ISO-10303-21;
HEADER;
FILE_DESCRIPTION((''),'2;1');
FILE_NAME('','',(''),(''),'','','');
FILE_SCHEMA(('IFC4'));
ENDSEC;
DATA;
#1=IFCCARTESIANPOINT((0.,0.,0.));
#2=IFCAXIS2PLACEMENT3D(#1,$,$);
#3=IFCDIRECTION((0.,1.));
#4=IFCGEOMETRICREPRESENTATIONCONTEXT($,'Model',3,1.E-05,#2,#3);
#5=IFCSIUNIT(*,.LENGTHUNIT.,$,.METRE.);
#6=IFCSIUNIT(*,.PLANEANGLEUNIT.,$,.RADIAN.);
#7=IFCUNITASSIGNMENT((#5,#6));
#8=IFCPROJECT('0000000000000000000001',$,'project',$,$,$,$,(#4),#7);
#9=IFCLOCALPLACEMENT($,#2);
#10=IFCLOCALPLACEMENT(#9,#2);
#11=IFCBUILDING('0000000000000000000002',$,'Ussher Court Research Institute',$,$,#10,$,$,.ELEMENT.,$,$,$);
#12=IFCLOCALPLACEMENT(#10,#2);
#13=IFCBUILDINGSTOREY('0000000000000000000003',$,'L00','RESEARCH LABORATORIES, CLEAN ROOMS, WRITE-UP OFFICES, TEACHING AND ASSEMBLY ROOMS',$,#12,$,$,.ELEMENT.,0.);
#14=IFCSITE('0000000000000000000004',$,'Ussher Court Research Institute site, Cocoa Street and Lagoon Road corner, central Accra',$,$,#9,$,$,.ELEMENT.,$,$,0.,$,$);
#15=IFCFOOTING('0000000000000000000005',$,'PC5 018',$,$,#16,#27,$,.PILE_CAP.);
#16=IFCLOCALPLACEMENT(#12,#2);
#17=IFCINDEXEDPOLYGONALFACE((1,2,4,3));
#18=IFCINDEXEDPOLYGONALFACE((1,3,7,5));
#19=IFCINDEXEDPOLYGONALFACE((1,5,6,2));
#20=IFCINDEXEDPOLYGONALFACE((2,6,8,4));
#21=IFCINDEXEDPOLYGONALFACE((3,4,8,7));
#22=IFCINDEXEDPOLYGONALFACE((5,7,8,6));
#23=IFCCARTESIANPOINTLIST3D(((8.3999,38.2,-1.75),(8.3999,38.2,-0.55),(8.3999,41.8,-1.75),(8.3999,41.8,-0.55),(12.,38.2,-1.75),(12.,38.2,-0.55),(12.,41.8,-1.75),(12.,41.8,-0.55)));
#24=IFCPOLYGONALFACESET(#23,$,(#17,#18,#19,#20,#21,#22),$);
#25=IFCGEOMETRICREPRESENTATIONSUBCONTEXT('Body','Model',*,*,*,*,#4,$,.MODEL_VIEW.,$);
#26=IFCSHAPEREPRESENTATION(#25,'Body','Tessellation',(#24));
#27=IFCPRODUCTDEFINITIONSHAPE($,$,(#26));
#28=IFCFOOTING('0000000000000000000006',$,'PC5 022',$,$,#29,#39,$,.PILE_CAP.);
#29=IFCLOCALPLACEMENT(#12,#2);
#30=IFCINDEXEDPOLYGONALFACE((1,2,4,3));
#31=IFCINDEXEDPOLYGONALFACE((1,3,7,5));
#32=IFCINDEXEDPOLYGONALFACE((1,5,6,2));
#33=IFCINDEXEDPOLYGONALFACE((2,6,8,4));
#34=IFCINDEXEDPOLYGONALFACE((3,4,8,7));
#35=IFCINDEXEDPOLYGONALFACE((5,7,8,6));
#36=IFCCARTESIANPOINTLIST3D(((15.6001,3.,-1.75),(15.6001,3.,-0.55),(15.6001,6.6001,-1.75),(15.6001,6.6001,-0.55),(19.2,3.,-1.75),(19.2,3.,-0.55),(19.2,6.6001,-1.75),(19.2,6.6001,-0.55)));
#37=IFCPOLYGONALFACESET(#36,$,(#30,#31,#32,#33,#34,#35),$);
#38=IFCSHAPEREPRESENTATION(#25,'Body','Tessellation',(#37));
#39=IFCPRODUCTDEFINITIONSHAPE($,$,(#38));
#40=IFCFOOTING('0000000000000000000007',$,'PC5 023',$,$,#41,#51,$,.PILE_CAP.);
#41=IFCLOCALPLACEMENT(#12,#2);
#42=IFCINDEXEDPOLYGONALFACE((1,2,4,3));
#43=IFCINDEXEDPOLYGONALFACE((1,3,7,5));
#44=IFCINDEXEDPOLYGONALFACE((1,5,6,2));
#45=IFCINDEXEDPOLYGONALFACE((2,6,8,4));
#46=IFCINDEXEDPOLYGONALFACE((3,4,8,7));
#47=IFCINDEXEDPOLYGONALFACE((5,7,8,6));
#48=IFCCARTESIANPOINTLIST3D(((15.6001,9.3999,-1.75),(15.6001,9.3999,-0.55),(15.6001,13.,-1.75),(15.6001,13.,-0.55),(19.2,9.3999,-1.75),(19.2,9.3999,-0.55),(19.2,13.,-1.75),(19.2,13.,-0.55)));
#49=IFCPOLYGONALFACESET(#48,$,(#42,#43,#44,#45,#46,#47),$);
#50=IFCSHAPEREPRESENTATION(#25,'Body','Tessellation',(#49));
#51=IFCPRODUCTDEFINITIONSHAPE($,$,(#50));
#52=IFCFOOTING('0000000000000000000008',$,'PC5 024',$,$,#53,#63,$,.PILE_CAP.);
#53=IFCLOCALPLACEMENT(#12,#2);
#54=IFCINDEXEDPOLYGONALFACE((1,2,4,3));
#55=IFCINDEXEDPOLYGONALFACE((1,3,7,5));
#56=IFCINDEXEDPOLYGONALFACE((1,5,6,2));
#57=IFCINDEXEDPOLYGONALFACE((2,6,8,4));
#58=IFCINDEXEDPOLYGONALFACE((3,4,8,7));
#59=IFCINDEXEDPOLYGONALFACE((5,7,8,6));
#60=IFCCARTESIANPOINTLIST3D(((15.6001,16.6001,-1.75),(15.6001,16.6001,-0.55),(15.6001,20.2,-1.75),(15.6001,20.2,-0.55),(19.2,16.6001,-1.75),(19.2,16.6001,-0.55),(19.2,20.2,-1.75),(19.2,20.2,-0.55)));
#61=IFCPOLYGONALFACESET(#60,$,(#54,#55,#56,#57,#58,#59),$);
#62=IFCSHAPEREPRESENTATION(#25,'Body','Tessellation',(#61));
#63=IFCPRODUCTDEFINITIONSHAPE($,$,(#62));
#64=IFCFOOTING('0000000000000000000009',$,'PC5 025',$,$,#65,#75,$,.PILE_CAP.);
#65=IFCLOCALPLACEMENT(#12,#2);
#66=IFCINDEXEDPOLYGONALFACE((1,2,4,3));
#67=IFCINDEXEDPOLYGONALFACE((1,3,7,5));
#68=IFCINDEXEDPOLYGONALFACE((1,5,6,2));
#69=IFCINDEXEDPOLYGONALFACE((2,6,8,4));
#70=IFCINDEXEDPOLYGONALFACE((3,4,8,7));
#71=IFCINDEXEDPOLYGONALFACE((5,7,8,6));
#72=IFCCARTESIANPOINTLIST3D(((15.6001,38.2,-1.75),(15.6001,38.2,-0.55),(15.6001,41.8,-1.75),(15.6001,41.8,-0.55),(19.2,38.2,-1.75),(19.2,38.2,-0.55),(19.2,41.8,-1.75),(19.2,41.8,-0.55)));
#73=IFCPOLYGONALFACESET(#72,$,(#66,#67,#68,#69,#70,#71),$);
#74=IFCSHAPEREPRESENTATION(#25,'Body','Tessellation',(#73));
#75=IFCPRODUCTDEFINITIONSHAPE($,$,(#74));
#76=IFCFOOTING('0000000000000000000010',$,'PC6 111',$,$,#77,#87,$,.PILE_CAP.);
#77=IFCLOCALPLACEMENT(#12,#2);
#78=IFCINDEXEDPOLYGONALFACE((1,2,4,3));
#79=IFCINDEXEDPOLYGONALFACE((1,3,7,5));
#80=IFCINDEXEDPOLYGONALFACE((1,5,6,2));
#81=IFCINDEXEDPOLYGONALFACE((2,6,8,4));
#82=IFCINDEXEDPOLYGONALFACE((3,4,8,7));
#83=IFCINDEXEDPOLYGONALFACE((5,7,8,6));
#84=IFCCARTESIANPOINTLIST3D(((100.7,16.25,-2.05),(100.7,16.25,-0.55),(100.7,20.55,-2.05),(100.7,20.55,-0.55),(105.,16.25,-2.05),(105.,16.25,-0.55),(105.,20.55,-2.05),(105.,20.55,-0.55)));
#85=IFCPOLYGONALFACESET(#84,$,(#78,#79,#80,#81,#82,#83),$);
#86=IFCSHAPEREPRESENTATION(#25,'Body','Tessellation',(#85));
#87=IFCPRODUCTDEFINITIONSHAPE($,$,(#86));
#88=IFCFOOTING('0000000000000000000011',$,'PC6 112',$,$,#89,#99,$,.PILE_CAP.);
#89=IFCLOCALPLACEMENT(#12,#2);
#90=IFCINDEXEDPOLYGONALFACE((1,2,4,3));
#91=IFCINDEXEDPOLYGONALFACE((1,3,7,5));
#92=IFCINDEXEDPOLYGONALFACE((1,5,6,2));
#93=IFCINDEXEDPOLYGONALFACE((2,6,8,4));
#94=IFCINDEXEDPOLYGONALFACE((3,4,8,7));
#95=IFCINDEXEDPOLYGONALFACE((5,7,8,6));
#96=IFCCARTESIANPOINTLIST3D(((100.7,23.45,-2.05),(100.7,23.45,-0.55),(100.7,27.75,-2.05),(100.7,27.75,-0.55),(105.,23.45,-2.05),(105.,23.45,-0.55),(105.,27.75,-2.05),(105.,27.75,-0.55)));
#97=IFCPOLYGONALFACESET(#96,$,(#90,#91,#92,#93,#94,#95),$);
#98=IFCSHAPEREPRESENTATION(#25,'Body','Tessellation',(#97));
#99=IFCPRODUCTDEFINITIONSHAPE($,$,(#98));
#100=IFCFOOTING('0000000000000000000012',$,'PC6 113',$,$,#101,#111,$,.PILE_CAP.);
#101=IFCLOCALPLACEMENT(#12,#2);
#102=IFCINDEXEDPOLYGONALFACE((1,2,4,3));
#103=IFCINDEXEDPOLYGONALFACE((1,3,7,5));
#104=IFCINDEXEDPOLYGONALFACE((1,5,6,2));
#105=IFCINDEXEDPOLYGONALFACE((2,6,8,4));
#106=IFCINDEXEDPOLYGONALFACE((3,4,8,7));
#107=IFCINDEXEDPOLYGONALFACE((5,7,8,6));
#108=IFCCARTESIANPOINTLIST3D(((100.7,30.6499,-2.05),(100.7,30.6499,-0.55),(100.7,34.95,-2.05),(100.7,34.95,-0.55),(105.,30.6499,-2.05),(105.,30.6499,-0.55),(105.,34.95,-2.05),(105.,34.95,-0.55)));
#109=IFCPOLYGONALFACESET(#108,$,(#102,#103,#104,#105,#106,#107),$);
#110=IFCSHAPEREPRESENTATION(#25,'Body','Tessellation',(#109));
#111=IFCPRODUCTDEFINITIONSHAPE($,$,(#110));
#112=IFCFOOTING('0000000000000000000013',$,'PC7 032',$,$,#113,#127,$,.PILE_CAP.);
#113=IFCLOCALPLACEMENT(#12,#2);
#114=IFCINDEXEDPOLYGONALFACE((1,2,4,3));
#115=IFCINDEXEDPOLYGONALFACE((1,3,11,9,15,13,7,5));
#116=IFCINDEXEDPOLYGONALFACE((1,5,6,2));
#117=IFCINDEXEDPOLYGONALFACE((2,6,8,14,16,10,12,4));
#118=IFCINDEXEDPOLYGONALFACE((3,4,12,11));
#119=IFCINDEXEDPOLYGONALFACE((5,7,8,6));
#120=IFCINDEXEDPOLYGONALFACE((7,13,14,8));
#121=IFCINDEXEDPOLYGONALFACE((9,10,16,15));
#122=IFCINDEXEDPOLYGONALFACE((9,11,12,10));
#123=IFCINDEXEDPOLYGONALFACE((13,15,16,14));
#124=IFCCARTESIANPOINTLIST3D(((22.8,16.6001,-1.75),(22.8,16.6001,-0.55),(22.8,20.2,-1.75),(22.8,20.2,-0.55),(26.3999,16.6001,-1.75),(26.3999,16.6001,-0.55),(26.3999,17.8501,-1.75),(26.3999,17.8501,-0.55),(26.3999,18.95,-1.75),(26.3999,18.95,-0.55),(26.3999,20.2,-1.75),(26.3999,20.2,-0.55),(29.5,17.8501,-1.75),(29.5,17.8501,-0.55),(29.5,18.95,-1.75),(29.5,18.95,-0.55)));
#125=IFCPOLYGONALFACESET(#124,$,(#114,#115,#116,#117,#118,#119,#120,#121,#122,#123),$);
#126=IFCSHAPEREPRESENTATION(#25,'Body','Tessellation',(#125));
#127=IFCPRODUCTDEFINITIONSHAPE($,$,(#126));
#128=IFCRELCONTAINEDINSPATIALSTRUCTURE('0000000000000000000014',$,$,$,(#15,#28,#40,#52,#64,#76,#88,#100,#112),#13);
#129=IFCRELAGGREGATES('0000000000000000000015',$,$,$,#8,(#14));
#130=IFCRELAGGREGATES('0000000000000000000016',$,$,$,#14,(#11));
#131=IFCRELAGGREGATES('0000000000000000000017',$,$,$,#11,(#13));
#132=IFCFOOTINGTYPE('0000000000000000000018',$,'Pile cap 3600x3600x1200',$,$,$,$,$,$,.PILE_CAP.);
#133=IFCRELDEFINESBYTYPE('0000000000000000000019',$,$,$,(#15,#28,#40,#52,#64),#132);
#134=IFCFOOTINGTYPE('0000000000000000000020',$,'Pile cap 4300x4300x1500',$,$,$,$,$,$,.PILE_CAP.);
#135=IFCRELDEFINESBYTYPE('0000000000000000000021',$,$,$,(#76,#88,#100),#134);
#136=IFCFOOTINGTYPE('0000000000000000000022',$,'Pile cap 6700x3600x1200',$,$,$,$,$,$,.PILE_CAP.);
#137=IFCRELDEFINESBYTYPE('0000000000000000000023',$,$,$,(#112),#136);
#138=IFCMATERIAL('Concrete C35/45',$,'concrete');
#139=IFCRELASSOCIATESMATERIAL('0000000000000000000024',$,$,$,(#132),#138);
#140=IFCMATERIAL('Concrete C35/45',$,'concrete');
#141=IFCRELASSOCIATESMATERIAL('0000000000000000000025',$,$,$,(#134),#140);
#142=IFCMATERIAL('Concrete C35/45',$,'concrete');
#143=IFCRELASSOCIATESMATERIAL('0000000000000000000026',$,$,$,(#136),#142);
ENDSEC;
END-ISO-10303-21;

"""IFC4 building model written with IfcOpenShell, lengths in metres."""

from ifc_helpers import new_model, si_unit, direction, frame, origin, place, context, subcontext, project, spatial, polyline, outline, extrude, material, type_object, element, save


model = new_model("IFC4")

# Units and contexts
model_context = context("Model", 3, precision=1e-05, world=origin(), true_north=direction((0.0, 1.0)))
body_context = subcontext(model_context, "Body", "Model", "MODEL_VIEW")
ifc_project = project(units=[si_unit("LENGTHUNIT", "METRE"), si_unit("PLANEANGLEUNIT", "RADIAN")], contexts=[model_context])

# Site, building, storey
site_placement = place(None, origin())
site = spatial("IfcSite", under=ifc_project, at=site_placement, Name="Ussher Court Research Institute site, Cocoa Street and Lagoon Road corner, central Accra", CompositionType="ELEMENT", RefElevation=0.0)
building_placement = place(site_placement, origin())
building = spatial("IfcBuilding", under=site, at=building_placement, Name="Ussher Court Research Institute", CompositionType="ELEMENT")
storey_placement = place(building_placement, origin())
storey = spatial("IfcBuildingStorey", under=building, at=storey_placement, Name="L00", Description="RESEARCH LABORATORIES, CLEAN ROOMS, WRITE-UP OFFICES, TEACHING AND ASSEMBLY ROOMS", CompositionType="ELEMENT", Elevation=0.0)

# Footings
ifc_material_1 = material(Name="Concrete C35/45", Category="concrete")
footing_type_1 = type_object("IfcFootingType", Name="Pile cap 3600x3600x1200", PredefinedType="PILE_CAP", material=ifc_material_1)
footing_1_placement = place(storey_placement, frame((0.0, 0.0, -1.75)))
element("IfcFooting", 1, at=footing_1_placement, inside=storey, type_object=footing_type_1, Name="PC5 018", PredefinedType="PILE_CAP", context=body_context, shape_type="SweptSolid", body=[
    extrude(outline(polyline([(8.3999, 38.2), (12.0, 38.2), (12.0, 41.8), (8.3999, 41.8), (8.3999, 38.2)])), origin(), (0.0, 0.0, 1.0), 1.2),
])
footing_2_placement = place(storey_placement, frame((0.0, 0.0, -1.75)))
element("IfcFooting", 2, at=footing_2_placement, inside=storey, type_object=footing_type_1, Name="PC5 022", PredefinedType="PILE_CAP", context=body_context, shape_type="SweptSolid", body=[
    extrude(outline(polyline([(15.6001, 3.0), (19.2, 3.0), (19.2, 6.6001), (15.6001, 6.6001), (15.6001, 3.0)])), origin(), (0.0, 0.0, 1.0), 1.2),
])
footing_3_placement = place(storey_placement, frame((0.0, 0.0, -1.75)))
element("IfcFooting", 3, at=footing_3_placement, inside=storey, type_object=footing_type_1, Name="PC5 023", PredefinedType="PILE_CAP", context=body_context, shape_type="SweptSolid", body=[
    extrude(outline(polyline([(15.6001, 9.3999), (19.2, 9.3999), (19.2, 13.0), (15.6001, 13.0), (15.6001, 9.3999)])), origin(), (0.0, 0.0, 1.0), 1.2),
])
footing_4_placement = place(storey_placement, frame((0.0, 0.0, -1.75)))
element("IfcFooting", 4, at=footing_4_placement, inside=storey, type_object=footing_type_1, Name="PC5 024", PredefinedType="PILE_CAP", context=body_context, shape_type="SweptSolid", body=[
    extrude(outline(polyline([(15.6001, 16.6001), (19.2, 16.6001), (19.2, 20.2), (15.6001, 20.2), (15.6001, 16.6001)])), origin(), (0.0, 0.0, 1.0), 1.2),
])
footing_5_placement = place(storey_placement, frame((0.0, 0.0, -1.75)))
element("IfcFooting", 5, at=footing_5_placement, inside=storey, type_object=footing_type_1, Name="PC5 025", PredefinedType="PILE_CAP", context=body_context, shape_type="SweptSolid", body=[
    extrude(outline(polyline([(15.6001, 38.2), (19.2, 38.2), (19.2, 41.8), (15.6001, 41.8), (15.6001, 38.2)])), origin(), (0.0, 0.0, 1.0), 1.2),
])
ifc_material_2 = material(Name="Concrete C35/45", Category="concrete")
footing_type_2 = type_object("IfcFootingType", Name="Pile cap 4300x4300x1500", PredefinedType="PILE_CAP", material=ifc_material_2)
footing_6_placement = place(storey_placement, frame((0.0, 0.0, -2.05)))
element("IfcFooting", 6, at=footing_6_placement, inside=storey, type_object=footing_type_2, Name="PC6 111", PredefinedType="PILE_CAP", context=body_context, shape_type="SweptSolid", body=[
    extrude(outline(polyline([(100.7, 16.25), (105.0, 16.25), (105.0, 20.55), (100.7, 20.55), (100.7, 16.25)])), origin(), (0.0, 0.0, 1.0), 1.5),
])
footing_7_placement = place(storey_placement, frame((0.0, 0.0, -2.05)))
element("IfcFooting", 7, at=footing_7_placement, inside=storey, type_object=footing_type_2, Name="PC6 112", PredefinedType="PILE_CAP", context=body_context, shape_type="SweptSolid", body=[
    extrude(outline(polyline([(100.7, 23.45), (105.0, 23.45), (105.0, 27.75), (100.7, 27.75), (100.7, 23.45)])), origin(), (0.0, 0.0, 1.0), 1.5),
])
footing_8_placement = place(storey_placement, frame((0.0, 0.0, -2.05)))
element("IfcFooting", 8, at=footing_8_placement, inside=storey, type_object=footing_type_2, Name="PC6 113", PredefinedType="PILE_CAP", context=body_context, shape_type="SweptSolid", body=[
    extrude(outline(polyline([(100.7, 30.6499), (105.0, 30.6499), (105.0, 34.95), (100.7, 34.95), (100.7, 30.6499)])), origin(), (0.0, 0.0, 1.0), 1.5),
])
ifc_material_3 = material(Name="Concrete C35/45", Category="concrete")
footing_type_3 = type_object("IfcFootingType", Name="Pile cap 6700x3600x1200", PredefinedType="PILE_CAP", material=ifc_material_3)
footing_9_placement = place(storey_placement, frame((0.0, 0.0, -1.75)))
element("IfcFooting", 9, at=footing_9_placement, inside=storey, type_object=footing_type_3, Name="PC7 032", PredefinedType="PILE_CAP", context=body_context, shape_type="SweptSolid", body=[
    extrude(outline(polyline([(22.8, 20.2), (22.8, 16.6001), (26.3999, 16.6001), (26.3999, 17.8501), (29.5, 17.8501), (29.5, 18.95), (26.3999, 18.95), (26.3999, 20.2), (22.8, 20.2)])), origin(), (0.0, 0.0, 1.0), 1.2),
])

save(model, "model.ifc")
